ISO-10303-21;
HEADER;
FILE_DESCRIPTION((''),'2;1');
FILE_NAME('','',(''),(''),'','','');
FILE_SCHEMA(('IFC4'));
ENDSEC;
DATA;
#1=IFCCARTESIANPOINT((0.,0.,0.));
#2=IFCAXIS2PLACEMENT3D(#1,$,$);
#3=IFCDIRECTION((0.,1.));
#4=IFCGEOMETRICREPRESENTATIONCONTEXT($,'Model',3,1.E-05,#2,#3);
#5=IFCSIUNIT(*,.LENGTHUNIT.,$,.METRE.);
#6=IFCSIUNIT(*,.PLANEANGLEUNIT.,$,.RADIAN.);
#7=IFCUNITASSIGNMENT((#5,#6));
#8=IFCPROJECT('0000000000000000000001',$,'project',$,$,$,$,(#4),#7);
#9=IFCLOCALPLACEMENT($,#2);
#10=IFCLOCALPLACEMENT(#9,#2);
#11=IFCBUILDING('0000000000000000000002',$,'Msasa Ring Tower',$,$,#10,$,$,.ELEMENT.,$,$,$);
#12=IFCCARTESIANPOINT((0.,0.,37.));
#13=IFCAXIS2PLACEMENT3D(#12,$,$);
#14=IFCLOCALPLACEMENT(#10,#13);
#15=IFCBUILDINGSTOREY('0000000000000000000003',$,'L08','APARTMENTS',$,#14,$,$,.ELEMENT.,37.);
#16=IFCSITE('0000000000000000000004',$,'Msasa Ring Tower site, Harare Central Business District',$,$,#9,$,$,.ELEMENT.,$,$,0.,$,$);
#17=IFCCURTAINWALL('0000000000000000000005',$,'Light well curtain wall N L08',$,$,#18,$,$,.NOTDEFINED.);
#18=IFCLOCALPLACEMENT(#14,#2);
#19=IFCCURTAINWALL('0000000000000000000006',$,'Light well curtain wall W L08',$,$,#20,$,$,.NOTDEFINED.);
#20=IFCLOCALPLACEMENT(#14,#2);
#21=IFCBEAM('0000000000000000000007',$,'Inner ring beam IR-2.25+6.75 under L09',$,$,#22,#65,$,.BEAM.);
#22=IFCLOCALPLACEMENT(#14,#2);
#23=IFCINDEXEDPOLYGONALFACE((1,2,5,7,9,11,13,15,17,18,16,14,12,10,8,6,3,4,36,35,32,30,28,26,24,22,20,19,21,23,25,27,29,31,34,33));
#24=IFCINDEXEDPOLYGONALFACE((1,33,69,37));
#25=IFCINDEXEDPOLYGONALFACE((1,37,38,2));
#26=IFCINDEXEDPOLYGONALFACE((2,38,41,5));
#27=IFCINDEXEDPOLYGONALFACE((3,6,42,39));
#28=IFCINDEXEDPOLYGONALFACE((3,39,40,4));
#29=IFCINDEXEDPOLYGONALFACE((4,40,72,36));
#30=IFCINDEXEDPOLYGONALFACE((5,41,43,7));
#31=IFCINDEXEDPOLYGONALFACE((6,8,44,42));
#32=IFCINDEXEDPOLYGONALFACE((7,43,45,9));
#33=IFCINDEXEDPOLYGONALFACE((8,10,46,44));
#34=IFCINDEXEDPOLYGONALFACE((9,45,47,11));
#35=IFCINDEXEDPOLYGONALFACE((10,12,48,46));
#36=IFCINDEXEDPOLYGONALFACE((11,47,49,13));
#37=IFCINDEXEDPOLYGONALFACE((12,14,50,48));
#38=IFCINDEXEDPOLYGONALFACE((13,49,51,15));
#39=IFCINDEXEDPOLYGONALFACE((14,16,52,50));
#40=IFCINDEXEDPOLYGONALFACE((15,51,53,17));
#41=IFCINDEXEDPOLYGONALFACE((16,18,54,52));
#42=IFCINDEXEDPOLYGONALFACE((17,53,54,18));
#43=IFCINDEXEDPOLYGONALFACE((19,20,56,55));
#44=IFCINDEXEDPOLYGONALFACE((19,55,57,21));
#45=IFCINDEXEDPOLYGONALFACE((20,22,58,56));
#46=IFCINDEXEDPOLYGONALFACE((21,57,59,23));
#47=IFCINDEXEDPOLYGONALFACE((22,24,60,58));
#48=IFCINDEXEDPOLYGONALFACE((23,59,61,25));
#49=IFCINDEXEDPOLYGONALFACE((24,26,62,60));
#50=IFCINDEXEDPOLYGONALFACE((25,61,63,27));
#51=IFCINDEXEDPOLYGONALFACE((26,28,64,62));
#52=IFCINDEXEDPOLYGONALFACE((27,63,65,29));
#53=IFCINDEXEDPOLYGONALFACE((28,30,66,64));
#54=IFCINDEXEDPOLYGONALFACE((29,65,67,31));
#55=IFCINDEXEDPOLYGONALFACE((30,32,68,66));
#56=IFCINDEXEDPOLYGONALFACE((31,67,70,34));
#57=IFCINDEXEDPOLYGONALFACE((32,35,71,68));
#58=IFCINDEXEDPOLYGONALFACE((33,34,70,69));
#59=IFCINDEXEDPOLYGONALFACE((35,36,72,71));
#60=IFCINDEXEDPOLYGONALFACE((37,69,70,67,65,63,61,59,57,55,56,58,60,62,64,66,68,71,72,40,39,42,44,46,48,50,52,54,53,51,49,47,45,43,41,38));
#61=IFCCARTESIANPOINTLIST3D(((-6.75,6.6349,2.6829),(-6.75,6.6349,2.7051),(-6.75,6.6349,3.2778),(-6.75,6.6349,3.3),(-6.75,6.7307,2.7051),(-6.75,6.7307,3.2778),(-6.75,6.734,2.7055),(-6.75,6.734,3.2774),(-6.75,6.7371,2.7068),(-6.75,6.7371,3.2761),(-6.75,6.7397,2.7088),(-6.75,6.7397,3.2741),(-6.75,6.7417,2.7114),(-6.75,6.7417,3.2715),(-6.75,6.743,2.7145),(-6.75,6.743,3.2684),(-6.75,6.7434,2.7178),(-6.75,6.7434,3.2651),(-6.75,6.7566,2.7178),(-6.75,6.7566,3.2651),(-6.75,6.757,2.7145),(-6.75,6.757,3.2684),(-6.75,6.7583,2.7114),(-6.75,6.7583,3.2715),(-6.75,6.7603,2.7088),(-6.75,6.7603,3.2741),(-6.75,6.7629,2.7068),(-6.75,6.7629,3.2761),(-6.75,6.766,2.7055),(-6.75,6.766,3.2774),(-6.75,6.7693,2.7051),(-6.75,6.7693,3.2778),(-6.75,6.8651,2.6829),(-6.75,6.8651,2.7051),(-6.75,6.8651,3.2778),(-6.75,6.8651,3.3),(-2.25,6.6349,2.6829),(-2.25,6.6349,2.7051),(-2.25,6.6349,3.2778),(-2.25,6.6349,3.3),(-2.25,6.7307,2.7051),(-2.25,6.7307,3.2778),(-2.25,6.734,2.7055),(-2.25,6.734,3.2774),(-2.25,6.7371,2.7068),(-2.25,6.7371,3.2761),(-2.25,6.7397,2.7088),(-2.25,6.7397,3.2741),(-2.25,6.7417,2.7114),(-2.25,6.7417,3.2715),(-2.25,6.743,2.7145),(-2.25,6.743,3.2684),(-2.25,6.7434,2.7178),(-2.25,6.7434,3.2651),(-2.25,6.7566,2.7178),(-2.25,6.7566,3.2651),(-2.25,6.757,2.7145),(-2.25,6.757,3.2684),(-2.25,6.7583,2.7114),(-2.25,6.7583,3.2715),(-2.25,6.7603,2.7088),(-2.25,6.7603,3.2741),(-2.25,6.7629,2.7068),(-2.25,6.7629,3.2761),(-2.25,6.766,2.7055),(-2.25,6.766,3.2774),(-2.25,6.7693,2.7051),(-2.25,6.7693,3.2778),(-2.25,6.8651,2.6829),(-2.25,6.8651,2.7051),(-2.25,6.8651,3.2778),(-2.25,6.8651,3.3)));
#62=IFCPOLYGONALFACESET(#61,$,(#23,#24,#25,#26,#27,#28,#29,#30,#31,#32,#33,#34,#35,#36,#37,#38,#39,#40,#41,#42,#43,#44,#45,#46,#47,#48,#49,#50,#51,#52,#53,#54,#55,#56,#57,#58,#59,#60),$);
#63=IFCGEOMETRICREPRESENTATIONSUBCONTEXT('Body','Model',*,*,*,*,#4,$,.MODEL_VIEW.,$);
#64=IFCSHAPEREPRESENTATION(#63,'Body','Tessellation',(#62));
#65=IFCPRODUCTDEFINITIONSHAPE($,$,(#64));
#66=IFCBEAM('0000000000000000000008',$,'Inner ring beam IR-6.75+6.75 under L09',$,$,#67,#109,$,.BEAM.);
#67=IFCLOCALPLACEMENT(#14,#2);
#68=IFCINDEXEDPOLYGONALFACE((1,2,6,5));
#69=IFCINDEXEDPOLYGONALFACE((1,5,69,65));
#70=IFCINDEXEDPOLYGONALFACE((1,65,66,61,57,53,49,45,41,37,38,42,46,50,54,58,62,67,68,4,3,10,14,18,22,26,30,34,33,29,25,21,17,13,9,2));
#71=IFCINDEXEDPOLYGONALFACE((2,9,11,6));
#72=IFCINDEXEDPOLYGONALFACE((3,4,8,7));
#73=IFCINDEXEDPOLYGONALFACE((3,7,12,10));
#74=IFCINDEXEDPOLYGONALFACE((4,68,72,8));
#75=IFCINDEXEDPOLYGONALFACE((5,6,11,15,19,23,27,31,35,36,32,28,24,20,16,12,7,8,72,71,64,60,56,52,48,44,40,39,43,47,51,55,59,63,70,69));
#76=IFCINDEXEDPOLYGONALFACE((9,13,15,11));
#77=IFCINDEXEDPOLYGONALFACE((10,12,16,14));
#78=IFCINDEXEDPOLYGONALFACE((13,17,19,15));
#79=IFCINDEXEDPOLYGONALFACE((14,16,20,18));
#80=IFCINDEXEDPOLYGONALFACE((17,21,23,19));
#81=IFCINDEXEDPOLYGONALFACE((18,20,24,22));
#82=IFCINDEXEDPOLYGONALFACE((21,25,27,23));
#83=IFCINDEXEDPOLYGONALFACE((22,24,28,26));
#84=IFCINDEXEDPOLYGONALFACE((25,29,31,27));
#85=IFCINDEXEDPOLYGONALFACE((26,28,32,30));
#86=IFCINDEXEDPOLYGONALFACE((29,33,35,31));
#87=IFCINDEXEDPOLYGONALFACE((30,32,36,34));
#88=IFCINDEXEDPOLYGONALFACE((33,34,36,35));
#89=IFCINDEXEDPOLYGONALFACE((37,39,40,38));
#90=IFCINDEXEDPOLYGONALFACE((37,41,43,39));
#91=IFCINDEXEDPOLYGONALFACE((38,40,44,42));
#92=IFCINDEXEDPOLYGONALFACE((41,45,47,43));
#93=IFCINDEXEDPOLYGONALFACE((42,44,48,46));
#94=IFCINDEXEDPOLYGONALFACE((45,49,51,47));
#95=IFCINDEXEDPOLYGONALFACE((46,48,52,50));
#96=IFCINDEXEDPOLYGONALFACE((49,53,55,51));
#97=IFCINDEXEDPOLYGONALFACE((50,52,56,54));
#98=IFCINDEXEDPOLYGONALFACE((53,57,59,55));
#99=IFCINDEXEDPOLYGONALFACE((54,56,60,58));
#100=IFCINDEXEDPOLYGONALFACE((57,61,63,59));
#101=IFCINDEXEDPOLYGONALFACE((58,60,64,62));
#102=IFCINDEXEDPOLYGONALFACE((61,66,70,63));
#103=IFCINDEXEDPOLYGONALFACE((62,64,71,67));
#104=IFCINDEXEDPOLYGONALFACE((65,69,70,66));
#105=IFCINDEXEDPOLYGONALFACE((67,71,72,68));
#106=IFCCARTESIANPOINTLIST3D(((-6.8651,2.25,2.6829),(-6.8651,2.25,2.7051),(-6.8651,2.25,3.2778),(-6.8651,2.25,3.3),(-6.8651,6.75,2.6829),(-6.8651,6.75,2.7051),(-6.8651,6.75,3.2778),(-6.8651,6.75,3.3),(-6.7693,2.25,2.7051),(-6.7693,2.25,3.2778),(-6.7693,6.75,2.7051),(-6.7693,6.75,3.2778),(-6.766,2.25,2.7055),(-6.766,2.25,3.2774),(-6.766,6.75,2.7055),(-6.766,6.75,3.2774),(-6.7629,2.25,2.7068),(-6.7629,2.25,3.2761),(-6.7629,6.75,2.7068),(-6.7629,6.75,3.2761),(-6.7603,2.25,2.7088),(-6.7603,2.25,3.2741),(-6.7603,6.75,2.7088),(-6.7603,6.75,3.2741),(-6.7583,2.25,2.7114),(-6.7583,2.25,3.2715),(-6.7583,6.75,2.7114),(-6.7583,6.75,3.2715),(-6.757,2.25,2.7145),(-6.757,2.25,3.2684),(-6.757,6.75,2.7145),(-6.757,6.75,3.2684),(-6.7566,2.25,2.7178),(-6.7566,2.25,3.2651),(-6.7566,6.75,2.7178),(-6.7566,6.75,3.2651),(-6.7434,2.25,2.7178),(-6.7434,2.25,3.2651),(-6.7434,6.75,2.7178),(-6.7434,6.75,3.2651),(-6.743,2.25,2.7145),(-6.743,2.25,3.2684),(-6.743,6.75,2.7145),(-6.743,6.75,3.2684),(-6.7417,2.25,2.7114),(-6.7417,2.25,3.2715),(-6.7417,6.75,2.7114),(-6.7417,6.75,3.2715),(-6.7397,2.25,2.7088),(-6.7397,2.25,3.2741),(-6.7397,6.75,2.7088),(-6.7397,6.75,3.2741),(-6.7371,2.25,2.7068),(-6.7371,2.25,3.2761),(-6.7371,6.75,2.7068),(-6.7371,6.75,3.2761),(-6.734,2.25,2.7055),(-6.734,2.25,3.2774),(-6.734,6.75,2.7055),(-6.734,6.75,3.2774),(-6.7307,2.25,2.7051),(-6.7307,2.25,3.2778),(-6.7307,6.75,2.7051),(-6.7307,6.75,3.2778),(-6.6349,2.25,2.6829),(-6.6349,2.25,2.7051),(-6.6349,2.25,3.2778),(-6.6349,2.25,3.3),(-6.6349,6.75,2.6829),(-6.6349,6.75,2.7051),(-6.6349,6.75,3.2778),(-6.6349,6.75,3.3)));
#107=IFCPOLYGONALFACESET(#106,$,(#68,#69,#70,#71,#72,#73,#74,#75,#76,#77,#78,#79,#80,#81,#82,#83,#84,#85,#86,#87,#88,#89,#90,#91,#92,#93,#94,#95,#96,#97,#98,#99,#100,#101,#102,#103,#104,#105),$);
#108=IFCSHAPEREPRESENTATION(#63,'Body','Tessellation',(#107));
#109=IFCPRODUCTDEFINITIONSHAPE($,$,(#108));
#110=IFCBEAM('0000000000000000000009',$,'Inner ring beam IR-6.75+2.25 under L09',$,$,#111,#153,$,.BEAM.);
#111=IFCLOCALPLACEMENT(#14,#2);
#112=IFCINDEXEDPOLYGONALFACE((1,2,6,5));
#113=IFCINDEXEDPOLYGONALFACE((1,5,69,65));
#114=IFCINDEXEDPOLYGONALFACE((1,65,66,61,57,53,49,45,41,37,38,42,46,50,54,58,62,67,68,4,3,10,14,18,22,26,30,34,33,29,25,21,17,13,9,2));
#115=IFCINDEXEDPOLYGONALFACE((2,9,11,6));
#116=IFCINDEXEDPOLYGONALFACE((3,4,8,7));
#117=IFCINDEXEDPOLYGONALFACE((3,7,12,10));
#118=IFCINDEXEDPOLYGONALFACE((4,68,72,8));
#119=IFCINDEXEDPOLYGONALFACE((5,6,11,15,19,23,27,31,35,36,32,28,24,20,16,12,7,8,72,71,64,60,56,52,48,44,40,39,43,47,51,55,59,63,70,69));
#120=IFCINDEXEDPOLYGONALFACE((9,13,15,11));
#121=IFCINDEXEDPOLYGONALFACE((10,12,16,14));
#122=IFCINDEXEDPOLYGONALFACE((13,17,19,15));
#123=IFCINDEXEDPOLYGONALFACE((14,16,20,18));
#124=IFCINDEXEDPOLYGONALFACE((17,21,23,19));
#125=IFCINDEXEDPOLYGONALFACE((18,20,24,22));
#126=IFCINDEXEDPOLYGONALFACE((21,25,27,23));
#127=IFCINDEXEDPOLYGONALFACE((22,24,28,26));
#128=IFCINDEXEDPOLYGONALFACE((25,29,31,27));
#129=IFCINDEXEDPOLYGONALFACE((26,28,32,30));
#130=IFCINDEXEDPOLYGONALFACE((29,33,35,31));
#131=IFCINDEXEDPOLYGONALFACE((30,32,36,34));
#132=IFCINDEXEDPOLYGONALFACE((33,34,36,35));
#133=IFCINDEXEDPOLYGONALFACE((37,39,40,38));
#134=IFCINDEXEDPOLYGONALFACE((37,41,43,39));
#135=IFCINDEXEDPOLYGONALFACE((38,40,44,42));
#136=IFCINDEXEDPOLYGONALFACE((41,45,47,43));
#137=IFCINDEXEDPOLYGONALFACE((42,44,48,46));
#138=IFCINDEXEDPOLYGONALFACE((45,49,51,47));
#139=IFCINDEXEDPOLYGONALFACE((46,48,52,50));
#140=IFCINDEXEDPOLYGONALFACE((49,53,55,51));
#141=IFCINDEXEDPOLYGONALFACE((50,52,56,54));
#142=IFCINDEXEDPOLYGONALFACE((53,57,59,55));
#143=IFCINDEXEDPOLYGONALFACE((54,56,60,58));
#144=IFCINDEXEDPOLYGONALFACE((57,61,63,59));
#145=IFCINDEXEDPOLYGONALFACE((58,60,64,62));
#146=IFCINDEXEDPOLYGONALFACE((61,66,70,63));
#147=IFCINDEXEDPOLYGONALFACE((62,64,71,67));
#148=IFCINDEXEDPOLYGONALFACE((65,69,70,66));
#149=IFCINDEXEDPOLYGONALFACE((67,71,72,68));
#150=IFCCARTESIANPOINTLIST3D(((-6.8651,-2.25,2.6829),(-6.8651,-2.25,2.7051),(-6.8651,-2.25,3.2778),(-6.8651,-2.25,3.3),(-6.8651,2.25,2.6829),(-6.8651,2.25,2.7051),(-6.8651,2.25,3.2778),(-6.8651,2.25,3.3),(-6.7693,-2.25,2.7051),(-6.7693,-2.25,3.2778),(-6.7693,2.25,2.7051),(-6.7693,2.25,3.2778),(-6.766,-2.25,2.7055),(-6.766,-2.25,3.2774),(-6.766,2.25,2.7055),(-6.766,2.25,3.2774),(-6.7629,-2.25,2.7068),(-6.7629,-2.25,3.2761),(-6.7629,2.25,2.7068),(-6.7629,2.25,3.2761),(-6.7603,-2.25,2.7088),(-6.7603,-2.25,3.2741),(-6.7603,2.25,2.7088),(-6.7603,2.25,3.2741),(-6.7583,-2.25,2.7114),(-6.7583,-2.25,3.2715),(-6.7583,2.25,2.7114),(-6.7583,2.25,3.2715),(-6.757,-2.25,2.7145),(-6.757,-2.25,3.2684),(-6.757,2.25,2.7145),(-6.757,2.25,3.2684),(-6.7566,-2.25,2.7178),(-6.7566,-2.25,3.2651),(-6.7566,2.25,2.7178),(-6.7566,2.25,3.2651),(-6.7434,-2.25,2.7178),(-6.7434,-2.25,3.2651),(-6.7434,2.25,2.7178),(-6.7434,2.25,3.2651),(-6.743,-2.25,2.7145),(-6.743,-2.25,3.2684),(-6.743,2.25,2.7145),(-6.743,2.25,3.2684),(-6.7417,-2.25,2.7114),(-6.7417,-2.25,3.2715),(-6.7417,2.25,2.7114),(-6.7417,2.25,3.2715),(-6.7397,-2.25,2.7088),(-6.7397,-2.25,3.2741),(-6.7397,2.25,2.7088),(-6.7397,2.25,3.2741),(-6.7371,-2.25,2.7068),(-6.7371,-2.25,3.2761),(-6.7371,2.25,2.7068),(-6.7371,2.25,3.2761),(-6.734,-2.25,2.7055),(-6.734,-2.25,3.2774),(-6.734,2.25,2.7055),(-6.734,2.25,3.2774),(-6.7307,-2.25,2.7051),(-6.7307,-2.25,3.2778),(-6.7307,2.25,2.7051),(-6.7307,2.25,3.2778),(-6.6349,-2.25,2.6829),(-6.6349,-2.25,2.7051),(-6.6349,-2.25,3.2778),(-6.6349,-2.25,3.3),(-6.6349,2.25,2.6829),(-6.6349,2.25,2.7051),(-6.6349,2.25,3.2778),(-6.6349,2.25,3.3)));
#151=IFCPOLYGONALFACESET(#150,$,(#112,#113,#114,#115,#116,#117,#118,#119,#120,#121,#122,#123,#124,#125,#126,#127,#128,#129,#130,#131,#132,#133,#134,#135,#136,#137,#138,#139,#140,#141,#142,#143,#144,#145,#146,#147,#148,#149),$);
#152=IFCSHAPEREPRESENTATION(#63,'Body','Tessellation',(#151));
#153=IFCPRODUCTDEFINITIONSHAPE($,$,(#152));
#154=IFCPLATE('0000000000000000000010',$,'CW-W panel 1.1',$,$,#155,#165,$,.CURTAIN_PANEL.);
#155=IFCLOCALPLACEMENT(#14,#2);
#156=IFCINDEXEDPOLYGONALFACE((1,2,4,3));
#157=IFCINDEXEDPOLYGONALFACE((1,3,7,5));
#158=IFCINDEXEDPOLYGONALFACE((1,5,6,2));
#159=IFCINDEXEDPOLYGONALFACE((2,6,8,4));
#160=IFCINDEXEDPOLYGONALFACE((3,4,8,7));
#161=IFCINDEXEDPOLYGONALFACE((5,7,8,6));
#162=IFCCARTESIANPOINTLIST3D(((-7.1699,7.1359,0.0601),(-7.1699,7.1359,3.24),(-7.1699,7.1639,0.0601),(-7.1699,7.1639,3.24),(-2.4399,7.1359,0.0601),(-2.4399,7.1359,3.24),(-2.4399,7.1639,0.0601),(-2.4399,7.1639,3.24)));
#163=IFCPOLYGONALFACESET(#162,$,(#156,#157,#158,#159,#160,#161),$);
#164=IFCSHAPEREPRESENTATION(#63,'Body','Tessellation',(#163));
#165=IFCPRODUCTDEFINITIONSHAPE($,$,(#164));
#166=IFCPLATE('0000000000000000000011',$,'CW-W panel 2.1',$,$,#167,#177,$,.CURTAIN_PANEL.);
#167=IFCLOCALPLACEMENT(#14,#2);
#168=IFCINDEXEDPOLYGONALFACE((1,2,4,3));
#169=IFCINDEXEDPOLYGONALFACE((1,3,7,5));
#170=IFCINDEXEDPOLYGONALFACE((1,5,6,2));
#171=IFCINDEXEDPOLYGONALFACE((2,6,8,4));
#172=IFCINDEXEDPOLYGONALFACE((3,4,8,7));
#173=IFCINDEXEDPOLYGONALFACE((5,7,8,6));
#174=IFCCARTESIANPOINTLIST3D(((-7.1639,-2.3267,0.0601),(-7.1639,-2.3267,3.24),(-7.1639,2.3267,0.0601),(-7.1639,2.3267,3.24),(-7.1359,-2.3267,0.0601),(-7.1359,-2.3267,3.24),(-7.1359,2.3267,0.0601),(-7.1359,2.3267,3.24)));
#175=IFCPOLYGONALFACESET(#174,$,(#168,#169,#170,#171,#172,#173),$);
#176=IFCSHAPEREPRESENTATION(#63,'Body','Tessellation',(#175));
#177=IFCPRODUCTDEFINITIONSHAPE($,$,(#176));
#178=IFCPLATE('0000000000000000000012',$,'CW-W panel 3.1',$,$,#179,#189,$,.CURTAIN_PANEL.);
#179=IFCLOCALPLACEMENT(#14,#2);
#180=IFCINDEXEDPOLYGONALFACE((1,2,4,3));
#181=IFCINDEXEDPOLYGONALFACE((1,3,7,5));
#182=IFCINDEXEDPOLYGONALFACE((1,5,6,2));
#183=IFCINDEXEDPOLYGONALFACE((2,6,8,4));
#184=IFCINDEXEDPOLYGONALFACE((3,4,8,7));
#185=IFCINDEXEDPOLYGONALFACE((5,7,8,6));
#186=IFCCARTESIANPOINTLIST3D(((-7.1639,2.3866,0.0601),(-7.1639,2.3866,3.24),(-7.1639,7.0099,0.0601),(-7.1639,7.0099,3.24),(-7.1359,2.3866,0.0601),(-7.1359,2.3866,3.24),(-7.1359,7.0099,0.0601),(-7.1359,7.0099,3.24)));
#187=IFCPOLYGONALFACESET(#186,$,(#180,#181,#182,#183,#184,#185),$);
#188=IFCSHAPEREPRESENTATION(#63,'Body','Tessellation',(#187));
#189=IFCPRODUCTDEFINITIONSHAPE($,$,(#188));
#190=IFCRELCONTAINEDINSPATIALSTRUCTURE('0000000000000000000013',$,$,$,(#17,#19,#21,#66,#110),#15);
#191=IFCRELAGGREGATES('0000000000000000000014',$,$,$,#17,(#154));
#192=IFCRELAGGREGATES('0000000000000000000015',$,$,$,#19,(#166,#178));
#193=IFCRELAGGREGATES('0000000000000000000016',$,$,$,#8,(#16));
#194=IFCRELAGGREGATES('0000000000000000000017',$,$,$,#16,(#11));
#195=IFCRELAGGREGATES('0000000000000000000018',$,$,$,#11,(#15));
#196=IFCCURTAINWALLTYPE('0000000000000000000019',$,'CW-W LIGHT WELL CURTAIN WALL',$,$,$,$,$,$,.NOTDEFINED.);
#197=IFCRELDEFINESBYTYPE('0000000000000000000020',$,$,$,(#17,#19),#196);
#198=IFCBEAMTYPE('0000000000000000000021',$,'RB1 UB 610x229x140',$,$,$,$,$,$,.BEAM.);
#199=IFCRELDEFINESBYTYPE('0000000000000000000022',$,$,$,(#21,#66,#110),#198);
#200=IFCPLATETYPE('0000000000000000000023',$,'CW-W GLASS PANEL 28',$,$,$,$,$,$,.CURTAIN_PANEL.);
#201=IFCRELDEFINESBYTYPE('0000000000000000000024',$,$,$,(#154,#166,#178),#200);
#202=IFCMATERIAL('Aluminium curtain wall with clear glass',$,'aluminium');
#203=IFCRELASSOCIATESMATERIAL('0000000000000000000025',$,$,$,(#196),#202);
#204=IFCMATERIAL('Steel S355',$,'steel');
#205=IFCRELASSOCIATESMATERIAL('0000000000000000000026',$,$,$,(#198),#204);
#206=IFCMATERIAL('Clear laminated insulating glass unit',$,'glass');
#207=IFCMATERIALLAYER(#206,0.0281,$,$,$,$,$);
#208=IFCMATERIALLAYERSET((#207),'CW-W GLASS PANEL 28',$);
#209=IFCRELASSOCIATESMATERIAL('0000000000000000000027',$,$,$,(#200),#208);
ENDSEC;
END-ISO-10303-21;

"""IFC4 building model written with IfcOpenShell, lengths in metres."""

from ifc_helpers import new_model, si_unit, direction, frame, origin, origin_2d, place, context, subcontext, project, spatial, rectangle, i_section, extrude, material, layer, layer_set, material_profile, profile_set, type_object, element, aggregate, save


model = new_model("IFC4")

# Units and contexts
model_context = context("Model", 3, precision=1e-05, world=origin(), true_north=direction((0.0, 1.0)))
body_context = subcontext(model_context, "Body", "Model", "MODEL_VIEW")
ifc_project = project(units=[si_unit("LENGTHUNIT", "METRE"), si_unit("PLANEANGLEUNIT", "RADIAN")], contexts=[model_context])

# Site, building, storey
site_placement = place(None, origin())
site = spatial("IfcSite", under=ifc_project, at=site_placement, Name="Msasa Ring Tower site, Harare Central Business District", CompositionType="ELEMENT", RefElevation=0.0)
building_placement = place(site_placement, origin())
building = spatial("IfcBuilding", under=site, at=building_placement, Name="Msasa Ring Tower", CompositionType="ELEMENT")
storey_placement = place(building_placement, frame((0.0, 0.0, 37.0)))
storey = spatial("IfcBuildingStorey", under=building, at=storey_placement, Name="L08", Description="APARTMENTS", CompositionType="ELEMENT", Elevation=37.0)

# Curtain walls
ifc_material_1 = material(Name="Aluminium curtain wall with clear glass", Category="aluminium")
curtain_wall_type = type_object("IfcCurtainWallType", Name="CW-W LIGHT WELL CURTAIN WALL", PredefinedType="NOTDEFINED", material=ifc_material_1)
curtain_wall_1_placement = place(storey_placement, origin())
curtain_wall_1 = element("IfcCurtainWall", 1, at=curtain_wall_1_placement, inside=storey, type_object=curtain_wall_type, Name="Light well curtain wall N L08", PredefinedType="NOTDEFINED")
curtain_wall_2_placement = place(storey_placement, origin())
curtain_wall_2 = element("IfcCurtainWall", 2, at=curtain_wall_2_placement, inside=storey, type_object=curtain_wall_type, Name="Light well curtain wall W L08", PredefinedType="NOTDEFINED")

# Beams
ifc_material_2 = material(Name="Steel S355", Category="steel")
ifc_material_profile_1 = material_profile(ifc_material_2, i_section(OverallWidth=0.2302, OverallDepth=0.6172, WebThickness=0.0132, FlangeThickness=0.0222, FilletRadius=0.0127, at=origin_2d()), Name="UB 610x229x140")
ifc_profile_set_1 = profile_set([ifc_material_profile_1], Name="Steel S355")
beam_type = type_object("IfcBeamType", Name="RB1 UB 610x229x140", PredefinedType="BEAM", material=ifc_profile_set_1)
for number, where, z_axis, x_axis, name in (
    (3, (-2.25, 6.75, 2.9915), (-1.0, 0.0, 0.0), (0.0, -1.0, 0.0), "Inner ring beam IR-2.25+6.75 under L09"),
    (4, (-6.75, 6.75, 2.9915), (0.0, -1.0, 0.0), (1.0, 0.0, 0.0), "Inner ring beam IR-6.75+6.75 under L09"),
    (5, (-6.75, 2.25, 2.9915), (0.0, -1.0, 0.0), (1.0, 0.0, 0.0), "Inner ring beam IR-6.75+2.25 under L09"),
):
    element("IfcBeam", number, at=place(storey_placement, frame(where, z_axis=z_axis, x_axis=x_axis)), inside=storey, type_object=beam_type, Name=name, PredefinedType="BEAM", context=body_context, shape_type="SweptSolid", body=[
        extrude(i_section(OverallWidth=0.2302, OverallDepth=0.6172, WebThickness=0.0132, FlangeThickness=0.0222, FilletRadius=0.0127, at=origin_2d()), origin(), (0.0, 0.0, 1.0), 4.5),
    ])

# Plates
ifc_material_3 = material(Name="Clear laminated insulating glass unit", Category="glass")
ifc_layer_1 = layer(ifc_material_3, 0.0281)
ifc_layer_set_1 = layer_set([ifc_layer_1], Name="CW-W GLASS PANEL 28")
plate_type = type_object("IfcPlateType", Name="CW-W GLASS PANEL 28", PredefinedType="CURTAIN_PANEL", material=ifc_layer_set_1)
plate_1_placement = place(storey_placement, frame((-4.8049, 7.1499, 0.0601), z_axis=(0.0, 0.0, 1.0), x_axis=(1.0, 0.0, 0.0)))
plate_1 = element("IfcPlate", 6, at=plate_1_placement, type_object=plate_type, Name="CW-W panel 1.1", PredefinedType="CURTAIN_PANEL", context=body_context, shape_type="SweptSolid", body=[
    extrude(rectangle(XDim=4.73, YDim=0.0281, at=origin_2d()), origin(), (0.0, 0.0, 1.0), 3.1799),
])
aggregate(curtain_wall_1, [plate_1])
plate_2_placement = place(storey_placement, frame((-7.1499, 0.0, 0.0601), z_axis=(0.0, 0.0, 1.0), x_axis=(0.0, 1.0, 0.0)))
plate_2 = element("IfcPlate", 7, at=plate_2_placement, type_object=plate_type, Name="CW-W panel 2.1", PredefinedType="CURTAIN_PANEL", context=body_context, shape_type="SweptSolid", body=[
    extrude(rectangle(XDim=4.6533, YDim=0.0281, at=origin_2d()), origin(), (0.0, 0.0, 1.0), 3.1799),
])
plate_3_placement = place(storey_placement, frame((-7.1499, 4.6982, 0.0601), z_axis=(0.0, 0.0, 1.0), x_axis=(0.0, 1.0, 0.0)))
plate_3 = element("IfcPlate", 8, at=plate_3_placement, type_object=plate_type, Name="CW-W panel 3.1", PredefinedType="CURTAIN_PANEL", context=body_context, shape_type="SweptSolid", body=[
    extrude(rectangle(XDim=4.6233, YDim=0.0281, at=origin_2d()), origin(), (0.0, 0.0, 1.0), 3.1799),
])
aggregate(curtain_wall_2, [plate_2, plate_3])

save(model, "model.ifc")
